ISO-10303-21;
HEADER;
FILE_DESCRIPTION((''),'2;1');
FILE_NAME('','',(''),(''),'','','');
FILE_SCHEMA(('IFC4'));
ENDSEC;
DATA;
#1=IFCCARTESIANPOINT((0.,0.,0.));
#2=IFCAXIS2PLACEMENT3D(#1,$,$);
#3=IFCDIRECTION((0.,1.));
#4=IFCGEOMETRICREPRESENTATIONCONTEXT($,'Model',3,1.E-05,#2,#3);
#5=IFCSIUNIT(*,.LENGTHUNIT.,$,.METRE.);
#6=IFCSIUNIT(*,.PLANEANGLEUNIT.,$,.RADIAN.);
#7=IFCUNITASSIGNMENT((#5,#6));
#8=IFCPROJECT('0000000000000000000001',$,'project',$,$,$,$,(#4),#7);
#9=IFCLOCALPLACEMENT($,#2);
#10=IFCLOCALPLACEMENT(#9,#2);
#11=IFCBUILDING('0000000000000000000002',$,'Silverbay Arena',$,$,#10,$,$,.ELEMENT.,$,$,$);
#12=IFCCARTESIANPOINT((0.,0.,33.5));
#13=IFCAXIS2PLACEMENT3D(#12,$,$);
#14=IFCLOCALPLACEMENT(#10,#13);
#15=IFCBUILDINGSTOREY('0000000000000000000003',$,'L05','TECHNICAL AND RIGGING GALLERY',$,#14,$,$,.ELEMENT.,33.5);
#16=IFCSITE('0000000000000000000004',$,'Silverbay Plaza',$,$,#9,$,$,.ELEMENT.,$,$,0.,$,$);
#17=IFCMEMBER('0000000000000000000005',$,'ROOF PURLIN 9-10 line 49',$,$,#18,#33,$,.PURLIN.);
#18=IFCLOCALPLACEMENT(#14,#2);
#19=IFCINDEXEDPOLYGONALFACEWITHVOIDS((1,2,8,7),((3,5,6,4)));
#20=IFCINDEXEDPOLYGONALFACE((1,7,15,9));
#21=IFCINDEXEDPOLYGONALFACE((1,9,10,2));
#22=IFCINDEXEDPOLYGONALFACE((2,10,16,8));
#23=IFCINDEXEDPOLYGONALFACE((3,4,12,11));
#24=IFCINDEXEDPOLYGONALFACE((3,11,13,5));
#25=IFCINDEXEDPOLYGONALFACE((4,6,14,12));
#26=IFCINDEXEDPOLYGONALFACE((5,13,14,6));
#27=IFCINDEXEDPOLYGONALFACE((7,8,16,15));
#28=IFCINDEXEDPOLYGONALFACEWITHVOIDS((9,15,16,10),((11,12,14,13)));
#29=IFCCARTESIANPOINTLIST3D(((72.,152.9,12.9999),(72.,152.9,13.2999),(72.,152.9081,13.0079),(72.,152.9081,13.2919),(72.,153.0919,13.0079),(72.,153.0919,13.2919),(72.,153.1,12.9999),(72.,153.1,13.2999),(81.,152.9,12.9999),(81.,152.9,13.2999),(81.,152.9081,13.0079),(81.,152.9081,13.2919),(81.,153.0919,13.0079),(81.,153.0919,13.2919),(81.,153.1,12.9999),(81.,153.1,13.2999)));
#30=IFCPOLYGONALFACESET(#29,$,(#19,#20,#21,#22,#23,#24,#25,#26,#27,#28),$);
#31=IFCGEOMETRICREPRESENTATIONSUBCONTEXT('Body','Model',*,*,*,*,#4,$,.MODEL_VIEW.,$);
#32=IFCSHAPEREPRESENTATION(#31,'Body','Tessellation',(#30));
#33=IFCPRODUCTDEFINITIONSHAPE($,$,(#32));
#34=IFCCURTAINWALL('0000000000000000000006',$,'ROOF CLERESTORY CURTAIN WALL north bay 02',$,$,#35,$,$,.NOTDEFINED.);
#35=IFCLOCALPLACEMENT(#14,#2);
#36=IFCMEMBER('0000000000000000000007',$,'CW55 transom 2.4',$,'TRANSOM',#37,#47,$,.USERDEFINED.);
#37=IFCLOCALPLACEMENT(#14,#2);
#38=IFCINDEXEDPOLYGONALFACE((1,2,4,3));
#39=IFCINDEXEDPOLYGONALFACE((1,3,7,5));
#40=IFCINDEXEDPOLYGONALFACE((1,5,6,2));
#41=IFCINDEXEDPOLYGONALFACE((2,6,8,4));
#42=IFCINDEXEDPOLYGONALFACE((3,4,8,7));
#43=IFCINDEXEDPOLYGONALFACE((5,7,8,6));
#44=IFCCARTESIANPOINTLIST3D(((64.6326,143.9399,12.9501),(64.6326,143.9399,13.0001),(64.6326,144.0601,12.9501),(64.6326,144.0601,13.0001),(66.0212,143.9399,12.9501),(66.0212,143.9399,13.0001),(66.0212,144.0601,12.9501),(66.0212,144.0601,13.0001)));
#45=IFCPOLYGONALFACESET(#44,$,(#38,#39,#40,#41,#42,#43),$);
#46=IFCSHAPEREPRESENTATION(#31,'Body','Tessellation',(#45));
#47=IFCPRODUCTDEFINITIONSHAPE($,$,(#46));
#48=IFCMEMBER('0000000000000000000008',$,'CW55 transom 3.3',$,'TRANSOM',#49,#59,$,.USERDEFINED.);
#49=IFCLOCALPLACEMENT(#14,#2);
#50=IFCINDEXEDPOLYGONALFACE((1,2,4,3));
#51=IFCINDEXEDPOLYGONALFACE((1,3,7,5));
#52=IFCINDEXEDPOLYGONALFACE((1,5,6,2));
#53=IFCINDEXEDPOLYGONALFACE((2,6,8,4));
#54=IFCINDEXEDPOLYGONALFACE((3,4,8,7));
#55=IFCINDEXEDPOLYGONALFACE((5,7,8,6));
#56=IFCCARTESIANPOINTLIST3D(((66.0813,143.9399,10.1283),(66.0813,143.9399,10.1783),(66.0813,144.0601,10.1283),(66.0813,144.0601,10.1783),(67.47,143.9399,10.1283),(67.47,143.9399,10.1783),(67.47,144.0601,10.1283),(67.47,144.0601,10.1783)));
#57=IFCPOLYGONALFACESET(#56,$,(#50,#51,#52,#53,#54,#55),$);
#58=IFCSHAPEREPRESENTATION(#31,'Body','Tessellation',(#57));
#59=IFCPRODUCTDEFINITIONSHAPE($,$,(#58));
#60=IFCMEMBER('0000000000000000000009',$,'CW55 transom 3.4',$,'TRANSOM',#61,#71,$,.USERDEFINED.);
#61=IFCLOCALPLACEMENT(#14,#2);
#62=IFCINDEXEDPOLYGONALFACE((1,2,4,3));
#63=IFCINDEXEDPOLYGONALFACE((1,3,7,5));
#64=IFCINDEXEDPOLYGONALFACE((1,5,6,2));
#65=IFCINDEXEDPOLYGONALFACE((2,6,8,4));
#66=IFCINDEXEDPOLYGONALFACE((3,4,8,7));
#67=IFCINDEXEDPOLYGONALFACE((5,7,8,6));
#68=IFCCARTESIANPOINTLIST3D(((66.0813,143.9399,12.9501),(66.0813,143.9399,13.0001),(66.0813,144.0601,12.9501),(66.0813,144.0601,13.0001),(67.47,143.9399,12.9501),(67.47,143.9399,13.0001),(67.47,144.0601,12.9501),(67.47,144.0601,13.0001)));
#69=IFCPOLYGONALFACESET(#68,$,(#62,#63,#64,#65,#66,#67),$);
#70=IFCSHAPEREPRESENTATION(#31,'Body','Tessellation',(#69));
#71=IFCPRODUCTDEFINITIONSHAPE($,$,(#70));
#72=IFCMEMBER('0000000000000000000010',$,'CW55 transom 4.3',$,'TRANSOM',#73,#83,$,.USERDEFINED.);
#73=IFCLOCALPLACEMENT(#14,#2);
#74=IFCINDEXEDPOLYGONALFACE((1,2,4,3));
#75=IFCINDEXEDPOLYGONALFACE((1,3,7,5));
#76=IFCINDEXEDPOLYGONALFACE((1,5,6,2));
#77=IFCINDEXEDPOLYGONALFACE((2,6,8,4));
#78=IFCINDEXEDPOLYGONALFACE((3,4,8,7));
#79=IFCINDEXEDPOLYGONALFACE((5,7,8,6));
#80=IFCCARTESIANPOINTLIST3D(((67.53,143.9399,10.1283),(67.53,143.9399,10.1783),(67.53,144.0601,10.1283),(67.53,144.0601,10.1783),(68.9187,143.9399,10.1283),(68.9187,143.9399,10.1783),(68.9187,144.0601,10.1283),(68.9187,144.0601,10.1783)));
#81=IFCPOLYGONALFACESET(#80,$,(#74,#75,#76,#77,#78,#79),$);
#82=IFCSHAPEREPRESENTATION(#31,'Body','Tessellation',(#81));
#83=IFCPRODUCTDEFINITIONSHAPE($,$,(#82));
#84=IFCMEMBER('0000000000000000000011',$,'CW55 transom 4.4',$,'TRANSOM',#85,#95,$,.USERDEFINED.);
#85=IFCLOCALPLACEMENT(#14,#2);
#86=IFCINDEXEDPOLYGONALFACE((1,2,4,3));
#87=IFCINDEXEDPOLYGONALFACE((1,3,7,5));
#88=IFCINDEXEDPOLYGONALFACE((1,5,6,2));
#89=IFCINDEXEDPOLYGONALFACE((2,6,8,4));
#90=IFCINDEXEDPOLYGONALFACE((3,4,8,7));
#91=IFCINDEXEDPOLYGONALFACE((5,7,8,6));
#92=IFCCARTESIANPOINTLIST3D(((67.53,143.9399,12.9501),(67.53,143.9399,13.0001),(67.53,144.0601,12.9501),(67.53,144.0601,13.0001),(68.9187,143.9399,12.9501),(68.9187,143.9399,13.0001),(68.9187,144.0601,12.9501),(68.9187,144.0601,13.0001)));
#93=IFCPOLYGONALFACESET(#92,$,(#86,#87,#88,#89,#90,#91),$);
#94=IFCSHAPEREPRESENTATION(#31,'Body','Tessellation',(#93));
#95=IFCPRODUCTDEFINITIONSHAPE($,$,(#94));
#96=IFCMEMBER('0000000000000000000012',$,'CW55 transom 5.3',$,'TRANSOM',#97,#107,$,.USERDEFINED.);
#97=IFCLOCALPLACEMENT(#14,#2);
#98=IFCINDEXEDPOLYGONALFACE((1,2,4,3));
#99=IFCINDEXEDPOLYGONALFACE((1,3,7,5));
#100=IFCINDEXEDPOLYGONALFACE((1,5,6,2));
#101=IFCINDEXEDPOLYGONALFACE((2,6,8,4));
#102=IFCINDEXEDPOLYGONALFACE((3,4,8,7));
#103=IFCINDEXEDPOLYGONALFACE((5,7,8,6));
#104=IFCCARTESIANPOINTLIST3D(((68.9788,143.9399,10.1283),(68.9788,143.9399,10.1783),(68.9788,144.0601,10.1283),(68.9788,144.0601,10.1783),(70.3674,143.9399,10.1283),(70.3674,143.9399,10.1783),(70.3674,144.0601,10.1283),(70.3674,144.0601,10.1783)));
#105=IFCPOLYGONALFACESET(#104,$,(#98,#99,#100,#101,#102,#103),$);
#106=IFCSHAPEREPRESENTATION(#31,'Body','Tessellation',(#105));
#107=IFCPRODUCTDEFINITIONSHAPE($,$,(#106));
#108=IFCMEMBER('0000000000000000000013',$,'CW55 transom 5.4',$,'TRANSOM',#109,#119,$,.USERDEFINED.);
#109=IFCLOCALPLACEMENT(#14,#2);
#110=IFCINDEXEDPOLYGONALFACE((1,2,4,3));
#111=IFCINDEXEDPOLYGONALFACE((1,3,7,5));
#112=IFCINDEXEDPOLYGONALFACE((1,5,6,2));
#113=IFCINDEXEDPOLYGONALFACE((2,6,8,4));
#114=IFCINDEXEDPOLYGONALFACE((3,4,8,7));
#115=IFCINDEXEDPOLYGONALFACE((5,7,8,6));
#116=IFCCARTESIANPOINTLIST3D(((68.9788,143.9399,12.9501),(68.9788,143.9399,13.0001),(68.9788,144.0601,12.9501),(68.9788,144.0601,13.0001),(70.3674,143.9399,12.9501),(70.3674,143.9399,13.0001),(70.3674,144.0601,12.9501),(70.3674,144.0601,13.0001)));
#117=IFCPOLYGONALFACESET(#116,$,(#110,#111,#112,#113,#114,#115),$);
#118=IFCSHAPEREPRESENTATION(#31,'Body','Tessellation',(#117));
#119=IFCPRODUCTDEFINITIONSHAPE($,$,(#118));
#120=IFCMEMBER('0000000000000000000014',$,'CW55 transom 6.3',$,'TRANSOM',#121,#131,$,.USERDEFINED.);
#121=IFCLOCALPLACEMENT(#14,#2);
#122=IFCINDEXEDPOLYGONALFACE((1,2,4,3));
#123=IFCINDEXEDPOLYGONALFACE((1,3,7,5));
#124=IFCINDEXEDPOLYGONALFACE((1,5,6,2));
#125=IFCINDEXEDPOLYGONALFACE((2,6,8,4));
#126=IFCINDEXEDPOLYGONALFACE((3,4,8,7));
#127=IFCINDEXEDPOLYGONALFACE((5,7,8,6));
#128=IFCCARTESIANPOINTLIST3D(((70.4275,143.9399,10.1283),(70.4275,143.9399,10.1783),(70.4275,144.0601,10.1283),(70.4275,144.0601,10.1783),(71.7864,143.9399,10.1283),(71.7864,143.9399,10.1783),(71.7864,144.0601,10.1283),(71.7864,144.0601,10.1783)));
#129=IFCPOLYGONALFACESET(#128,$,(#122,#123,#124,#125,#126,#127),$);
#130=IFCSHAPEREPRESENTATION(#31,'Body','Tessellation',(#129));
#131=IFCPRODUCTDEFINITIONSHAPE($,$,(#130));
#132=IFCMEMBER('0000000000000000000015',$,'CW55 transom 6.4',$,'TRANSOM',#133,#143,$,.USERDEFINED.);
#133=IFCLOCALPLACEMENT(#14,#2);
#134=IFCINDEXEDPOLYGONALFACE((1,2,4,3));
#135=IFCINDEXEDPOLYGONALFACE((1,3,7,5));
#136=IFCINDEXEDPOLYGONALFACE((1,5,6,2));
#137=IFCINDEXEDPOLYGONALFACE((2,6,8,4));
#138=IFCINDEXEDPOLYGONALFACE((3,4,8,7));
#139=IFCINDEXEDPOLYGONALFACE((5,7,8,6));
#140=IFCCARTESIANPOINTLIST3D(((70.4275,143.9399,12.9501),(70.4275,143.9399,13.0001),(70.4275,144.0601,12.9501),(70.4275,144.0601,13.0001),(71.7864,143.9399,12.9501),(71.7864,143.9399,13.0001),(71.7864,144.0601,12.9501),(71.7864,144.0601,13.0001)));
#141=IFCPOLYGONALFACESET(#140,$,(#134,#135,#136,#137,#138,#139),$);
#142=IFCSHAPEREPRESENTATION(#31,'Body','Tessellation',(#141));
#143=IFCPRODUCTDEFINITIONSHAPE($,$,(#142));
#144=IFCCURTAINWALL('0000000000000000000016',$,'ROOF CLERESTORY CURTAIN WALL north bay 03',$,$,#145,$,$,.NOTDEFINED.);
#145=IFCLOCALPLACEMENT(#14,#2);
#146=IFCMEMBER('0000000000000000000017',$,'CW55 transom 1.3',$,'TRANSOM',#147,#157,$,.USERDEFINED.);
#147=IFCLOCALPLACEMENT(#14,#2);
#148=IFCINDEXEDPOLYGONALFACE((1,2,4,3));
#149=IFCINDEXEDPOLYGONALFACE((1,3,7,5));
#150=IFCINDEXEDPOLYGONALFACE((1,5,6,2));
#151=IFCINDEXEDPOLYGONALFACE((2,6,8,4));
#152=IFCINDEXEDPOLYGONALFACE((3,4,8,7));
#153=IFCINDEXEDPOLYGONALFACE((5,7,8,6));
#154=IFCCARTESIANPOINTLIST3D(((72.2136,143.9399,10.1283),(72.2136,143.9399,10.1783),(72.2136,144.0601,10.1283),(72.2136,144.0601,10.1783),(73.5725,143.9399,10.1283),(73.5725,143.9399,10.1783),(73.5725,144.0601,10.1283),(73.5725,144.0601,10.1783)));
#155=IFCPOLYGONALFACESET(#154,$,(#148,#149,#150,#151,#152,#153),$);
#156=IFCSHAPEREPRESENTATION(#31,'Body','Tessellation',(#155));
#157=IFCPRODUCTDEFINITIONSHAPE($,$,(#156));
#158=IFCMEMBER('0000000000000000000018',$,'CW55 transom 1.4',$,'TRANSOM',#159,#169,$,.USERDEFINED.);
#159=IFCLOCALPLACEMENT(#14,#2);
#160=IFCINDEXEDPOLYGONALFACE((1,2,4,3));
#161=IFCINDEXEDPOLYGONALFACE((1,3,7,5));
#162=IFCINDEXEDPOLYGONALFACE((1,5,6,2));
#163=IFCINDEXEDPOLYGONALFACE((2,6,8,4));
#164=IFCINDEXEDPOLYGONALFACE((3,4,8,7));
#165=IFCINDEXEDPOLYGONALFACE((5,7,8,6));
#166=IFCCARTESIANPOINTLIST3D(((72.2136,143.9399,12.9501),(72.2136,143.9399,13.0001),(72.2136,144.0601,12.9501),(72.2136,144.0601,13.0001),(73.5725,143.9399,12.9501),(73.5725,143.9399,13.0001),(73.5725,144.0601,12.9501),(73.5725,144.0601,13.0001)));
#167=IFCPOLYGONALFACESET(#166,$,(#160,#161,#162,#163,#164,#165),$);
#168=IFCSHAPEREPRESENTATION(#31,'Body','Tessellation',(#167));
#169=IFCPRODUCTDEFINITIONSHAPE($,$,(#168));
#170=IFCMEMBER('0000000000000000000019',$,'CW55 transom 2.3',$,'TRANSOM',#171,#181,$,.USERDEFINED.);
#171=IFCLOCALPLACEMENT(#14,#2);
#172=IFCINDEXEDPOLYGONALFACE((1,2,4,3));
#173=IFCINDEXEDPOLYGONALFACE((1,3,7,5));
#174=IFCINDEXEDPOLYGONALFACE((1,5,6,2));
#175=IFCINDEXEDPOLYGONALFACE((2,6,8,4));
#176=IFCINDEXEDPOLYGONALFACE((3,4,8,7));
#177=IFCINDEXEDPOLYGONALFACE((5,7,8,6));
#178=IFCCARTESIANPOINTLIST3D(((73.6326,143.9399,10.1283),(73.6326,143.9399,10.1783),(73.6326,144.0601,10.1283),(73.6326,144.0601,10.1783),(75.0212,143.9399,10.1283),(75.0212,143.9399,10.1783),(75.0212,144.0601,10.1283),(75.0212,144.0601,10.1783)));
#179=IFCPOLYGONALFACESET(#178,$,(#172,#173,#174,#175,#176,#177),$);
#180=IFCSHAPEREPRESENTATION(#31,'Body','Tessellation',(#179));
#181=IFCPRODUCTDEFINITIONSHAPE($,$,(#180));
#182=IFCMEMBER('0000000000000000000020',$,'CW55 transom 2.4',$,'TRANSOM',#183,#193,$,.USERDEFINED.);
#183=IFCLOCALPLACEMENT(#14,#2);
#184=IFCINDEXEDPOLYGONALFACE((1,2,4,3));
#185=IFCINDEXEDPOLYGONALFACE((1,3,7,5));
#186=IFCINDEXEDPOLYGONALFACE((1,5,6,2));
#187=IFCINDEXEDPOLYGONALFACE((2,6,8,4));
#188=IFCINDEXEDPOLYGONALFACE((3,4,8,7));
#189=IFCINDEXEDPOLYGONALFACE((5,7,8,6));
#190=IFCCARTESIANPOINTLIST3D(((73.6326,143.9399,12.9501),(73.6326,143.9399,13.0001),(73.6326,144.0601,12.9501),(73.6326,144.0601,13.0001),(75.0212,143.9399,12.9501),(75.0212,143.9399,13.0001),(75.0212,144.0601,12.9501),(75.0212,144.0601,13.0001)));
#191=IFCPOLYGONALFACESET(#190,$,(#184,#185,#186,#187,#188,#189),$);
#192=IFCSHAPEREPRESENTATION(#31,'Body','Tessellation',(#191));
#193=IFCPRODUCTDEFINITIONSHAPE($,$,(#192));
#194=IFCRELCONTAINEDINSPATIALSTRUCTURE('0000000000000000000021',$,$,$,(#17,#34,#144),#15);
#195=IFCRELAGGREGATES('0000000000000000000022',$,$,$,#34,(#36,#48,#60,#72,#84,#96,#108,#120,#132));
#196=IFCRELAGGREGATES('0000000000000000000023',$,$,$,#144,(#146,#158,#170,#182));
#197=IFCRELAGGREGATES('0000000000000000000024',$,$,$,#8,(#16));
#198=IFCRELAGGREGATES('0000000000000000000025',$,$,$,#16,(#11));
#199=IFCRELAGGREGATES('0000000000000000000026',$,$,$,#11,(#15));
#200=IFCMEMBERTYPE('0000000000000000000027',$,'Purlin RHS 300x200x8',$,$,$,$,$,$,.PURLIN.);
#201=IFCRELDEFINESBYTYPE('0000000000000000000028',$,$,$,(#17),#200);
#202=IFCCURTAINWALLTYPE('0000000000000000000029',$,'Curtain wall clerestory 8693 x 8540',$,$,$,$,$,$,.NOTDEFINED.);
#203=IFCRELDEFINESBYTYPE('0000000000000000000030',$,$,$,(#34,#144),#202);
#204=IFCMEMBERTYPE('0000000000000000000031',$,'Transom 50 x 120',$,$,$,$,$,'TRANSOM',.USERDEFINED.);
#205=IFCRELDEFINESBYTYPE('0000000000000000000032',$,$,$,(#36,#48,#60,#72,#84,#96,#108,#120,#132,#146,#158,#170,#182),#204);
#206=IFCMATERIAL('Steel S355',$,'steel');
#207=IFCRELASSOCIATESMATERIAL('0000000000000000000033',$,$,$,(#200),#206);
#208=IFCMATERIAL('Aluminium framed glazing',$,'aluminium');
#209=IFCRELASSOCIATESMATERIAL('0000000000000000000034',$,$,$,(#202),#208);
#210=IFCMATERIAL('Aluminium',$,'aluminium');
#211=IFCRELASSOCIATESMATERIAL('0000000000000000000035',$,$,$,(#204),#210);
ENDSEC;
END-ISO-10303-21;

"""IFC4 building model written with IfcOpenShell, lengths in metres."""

from ifc_helpers import new_model, si_unit, direction, frame, origin, origin_2d, place, context, subcontext, project, spatial, rectangle, hollow_rectangle, extrude, material, material_profile, profile_set, type_object, element, aggregate, save


model = new_model("IFC4")

# Units and contexts
model_context = context("Model", 3, precision=1e-05, world=origin(), true_north=direction((0.0, 1.0)))
body_context = subcontext(model_context, "Body", "Model", "MODEL_VIEW")
ifc_project = project(units=[si_unit("LENGTHUNIT", "METRE"), si_unit("PLANEANGLEUNIT", "RADIAN")], contexts=[model_context])

# Site, building, storey
site_placement = place(None, origin())
site = spatial("IfcSite", under=ifc_project, at=site_placement, Name="Silverbay Plaza", CompositionType="ELEMENT", RefElevation=0.0)
building_placement = place(site_placement, origin())
building = spatial("IfcBuilding", under=site, at=building_placement, Name="Silverbay Arena", CompositionType="ELEMENT")
storey_placement = place(building_placement, frame((0.0, 0.0, 33.5)))
storey = spatial("IfcBuildingStorey", under=building, at=storey_placement, Name="L05", Description="TECHNICAL AND RIGGING GALLERY", CompositionType="ELEMENT", Elevation=33.5)

# Member
ifc_material_1 = material(Name="Steel S355", Category="steel")
ifc_material_profile_1 = material_profile(ifc_material_1, hollow_rectangle(XDim=0.2, YDim=0.3, WallThickness=0.0081, at=origin_2d()), Name="RHS 300x200x8")
ifc_profile_set_1 = profile_set([ifc_material_profile_1], Name="Steel S355")
member_type_1 = type_object("IfcMemberType", Name="Purlin RHS 300x200x8", PredefinedType="PURLIN", material=ifc_profile_set_1)
for number, where, z_axis, x_axis, name in (
    (1, (72.0, 153.0, 13.1499), (1.0, 0.0, 0.0), (0.0, 1.0, 0.0), "ROOF PURLIN 9-10 line 49"),
):
    element("IfcMember", number, at=place(storey_placement, frame(where, z_axis=z_axis, x_axis=x_axis)), inside=storey, type_object=member_type_1, Name=name, PredefinedType="PURLIN", context=body_context, shape_type="SweptSolid", body=[
        extrude(hollow_rectangle(XDim=0.2, YDim=0.3, WallThickness=0.0081, at=origin_2d()), origin(), (0.0, 0.0, 1.0), 9.0),
    ])

# Curtain walls, members
ifc_material_2 = material(Name="Aluminium framed glazing", Category="aluminium")
curtain_wall_type = type_object("IfcCurtainWallType", Name="Curtain wall clerestory 8693 x 8540", PredefinedType="NOTDEFINED", material=ifc_material_2)
curtain_wall_1_placement = place(storey_placement, origin())
curtain_wall_1 = element("IfcCurtainWall", 2, at=curtain_wall_1_placement, inside=storey, type_object=curtain_wall_type, Name="ROOF CLERESTORY CURTAIN WALL north bay 02", PredefinedType="NOTDEFINED")
ifc_material_3 = material(Name="Aluminium", Category="aluminium")
ifc_material_profile_2 = material_profile(ifc_material_3, rectangle(XDim=0.1201, YDim=0.05, at=origin_2d()), Name="Transom 50 x 120")
ifc_profile_set_2 = profile_set([ifc_material_profile_2], Name="Aluminium")
member_type_2 = type_object("IfcMemberType", Name="Transom 50 x 120", ElementType="TRANSOM", PredefinedType="USERDEFINED", material=ifc_profile_set_2)
member_1_placement = place(storey_placement, frame((64.6326, 144.0, 12.9751), z_axis=(1.0, 0.0, 0.0), x_axis=(0.0, 1.0, 0.0)))
member_1 = element("IfcMember", 3, at=member_1_placement, type_object=member_type_2, Name="CW55 transom 2.4", ObjectType="TRANSOM", PredefinedType="USERDEFINED", context=body_context, shape_type="SweptSolid", body=[
    extrude(rectangle(XDim=0.1201, YDim=0.05, at=origin_2d()), origin(), (0.0, 0.0, 1.0), 1.3887),
])
member_2_placement = place(storey_placement, frame((66.0813, 144.0, 10.1533), z_axis=(1.0, 0.0, 0.0), x_axis=(0.0, 1.0, 0.0)))
member_2 = element("IfcMember", 4, at=member_2_placement, type_object=member_type_2, Name="CW55 transom 3.3", ObjectType="TRANSOM", PredefinedType="USERDEFINED", context=body_context, shape_type="SweptSolid", body=[
    extrude(rectangle(XDim=0.1201, YDim=0.05, at=origin_2d()), origin(), (0.0, 0.0, 1.0), 1.3887),
])
member_3_placement = place(storey_placement, frame((66.0813, 144.0, 12.9751), z_axis=(1.0, 0.0, 0.0), x_axis=(0.0, 1.0, 0.0)))
member_3 = element("IfcMember", 5, at=member_3_placement, type_object=member_type_2, Name="CW55 transom 3.4", ObjectType="TRANSOM", PredefinedType="USERDEFINED", context=body_context, shape_type="SweptSolid", body=[
    extrude(rectangle(XDim=0.1201, YDim=0.05, at=origin_2d()), origin(), (0.0, 0.0, 1.0), 1.3887),
])
member_4_placement = place(storey_placement, frame((67.53, 144.0, 10.1533), z_axis=(1.0, 0.0, 0.0), x_axis=(0.0, 1.0, 0.0)))
member_4 = element("IfcMember", 6, at=member_4_placement, type_object=member_type_2, Name="CW55 transom 4.3", ObjectType="TRANSOM", PredefinedType="USERDEFINED", context=body_context, shape_type="SweptSolid", body=[
    extrude(rectangle(XDim=0.1201, YDim=0.05, at=origin_2d()), origin(), (0.0, 0.0, 1.0), 1.3887),
])
member_5_placement = place(storey_placement, frame((67.53, 144.0, 12.9751), z_axis=(1.0, 0.0, 0.0), x_axis=(0.0, 1.0, 0.0)))
member_5 = element("IfcMember", 7, at=member_5_placement, type_object=member_type_2, Name="CW55 transom 4.4", ObjectType="TRANSOM", PredefinedType="USERDEFINED", context=body_context, shape_type="SweptSolid", body=[
    extrude(rectangle(XDim=0.1201, YDim=0.05, at=origin_2d()), origin(), (0.0, 0.0, 1.0), 1.3887),
])
member_6_placement = place(storey_placement, frame((68.9788, 144.0, 10.1533), z_axis=(1.0, 0.0, 0.0), x_axis=(0.0, 1.0, 0.0)))
member_6 = element("IfcMember", 8, at=member_6_placement, type_object=member_type_2, Name="CW55 transom 5.3", ObjectType="TRANSOM", PredefinedType="USERDEFINED", context=body_context, shape_type="SweptSolid", body=[
    extrude(rectangle(XDim=0.1201, YDim=0.05, at=origin_2d()), origin(), (0.0, 0.0, 1.0), 1.3887),
])
member_7_placement = place(storey_placement, frame((68.9788, 144.0, 12.9751), z_axis=(1.0, 0.0, 0.0), x_axis=(0.0, 1.0, 0.0)))
member_7 = element("IfcMember", 9, at=member_7_placement, type_object=member_type_2, Name="CW55 transom 5.4", ObjectType="TRANSOM", PredefinedType="USERDEFINED", context=body_context, shape_type="SweptSolid", body=[
    extrude(rectangle(XDim=0.1201, YDim=0.05, at=origin_2d()), origin(), (0.0, 0.0, 1.0), 1.3887),
])
member_8_placement = place(storey_placement, frame((70.4275, 144.0, 10.1533), z_axis=(1.0, 0.0, 0.0), x_axis=(0.0, 1.0, 0.0)))
member_8 = element("IfcMember", 10, at=member_8_placement, type_object=member_type_2, Name="CW55 transom 6.3", ObjectType="TRANSOM", PredefinedType="USERDEFINED", context=body_context, shape_type="SweptSolid", body=[
    extrude(rectangle(XDim=0.1201, YDim=0.05, at=origin_2d()), origin(), (0.0, 0.0, 1.0), 1.3589),
])
member_9_placement = place(storey_placement, frame((70.4275, 144.0, 12.9751), z_axis=(1.0, 0.0, 0.0), x_axis=(0.0, 1.0, 0.0)))
member_9 = element("IfcMember", 11, at=member_9_placement, type_object=member_type_2, Name="CW55 transom 6.4", ObjectType="TRANSOM", PredefinedType="USERDEFINED", context=body_context, shape_type="SweptSolid", body=[
    extrude(rectangle(XDim=0.1201, YDim=0.05, at=origin_2d()), origin(), (0.0, 0.0, 1.0), 1.3589),
])
curtain_wall_2_placement = place(storey_placement, origin())
curtain_wall_2 = element("IfcCurtainWall", 12, at=curtain_wall_2_placement, inside=storey, type_object=curtain_wall_type, Name="ROOF CLERESTORY CURTAIN WALL north bay 03", PredefinedType="NOTDEFINED")
member_10_placement = place(storey_placement, frame((72.2136, 144.0, 10.1533), z_axis=(1.0, 0.0, 0.0), x_axis=(0.0, 1.0, 0.0)))
member_10 = element("IfcMember", 13, at=member_10_placement, type_object=member_type_2, Name="CW55 transom 1.3", ObjectType="TRANSOM", PredefinedType="USERDEFINED", context=body_context, shape_type="SweptSolid", body=[
    extrude(rectangle(XDim=0.1201, YDim=0.05, at=origin_2d()), origin(), (0.0, 0.0, 1.0), 1.3589),
])
member_11_placement = place(storey_placement, frame((72.2136, 144.0, 12.9751), z_axis=(1.0, 0.0, 0.0), x_axis=(0.0, 1.0, 0.0)))
member_11 = element("IfcMember", 14, at=member_11_placement, type_object=member_type_2, Name="CW55 transom 1.4", ObjectType="TRANSOM", PredefinedType="USERDEFINED", context=body_context, shape_type="SweptSolid", body=[
    extrude(rectangle(XDim=0.1201, YDim=0.05, at=origin_2d()), origin(), (0.0, 0.0, 1.0), 1.3589),
])
member_12_placement = place(storey_placement, frame((73.6326, 144.0, 10.1533), z_axis=(1.0, 0.0, 0.0), x_axis=(0.0, 1.0, 0.0)))
member_12 = element("IfcMember", 15, at=member_12_placement, type_object=member_type_2, Name="CW55 transom 2.3", ObjectType="TRANSOM", PredefinedType="USERDEFINED", context=body_context, shape_type="SweptSolid", body=[
    extrude(rectangle(XDim=0.1201, YDim=0.05, at=origin_2d()), origin(), (0.0, 0.0, 1.0), 1.3887),
])
member_13_placement = place(storey_placement, frame((73.6326, 144.0, 12.9751), z_axis=(1.0, 0.0, 0.0), x_axis=(0.0, 1.0, 0.0)))
member_13 = element("IfcMember", 16, at=member_13_placement, type_object=member_type_2, Name="CW55 transom 2.4", ObjectType="TRANSOM", PredefinedType="USERDEFINED", context=body_context, shape_type="SweptSolid", body=[
    extrude(rectangle(XDim=0.1201, YDim=0.05, at=origin_2d()), origin(), (0.0, 0.0, 1.0), 1.3887),
])

aggregate(curtain_wall_1, [member_1, member_2, member_3, member_4, member_5, member_6, member_7, member_8, member_9])
aggregate(curtain_wall_2, [member_10, member_11, member_12, member_13])

save(model, "model.ifc")
